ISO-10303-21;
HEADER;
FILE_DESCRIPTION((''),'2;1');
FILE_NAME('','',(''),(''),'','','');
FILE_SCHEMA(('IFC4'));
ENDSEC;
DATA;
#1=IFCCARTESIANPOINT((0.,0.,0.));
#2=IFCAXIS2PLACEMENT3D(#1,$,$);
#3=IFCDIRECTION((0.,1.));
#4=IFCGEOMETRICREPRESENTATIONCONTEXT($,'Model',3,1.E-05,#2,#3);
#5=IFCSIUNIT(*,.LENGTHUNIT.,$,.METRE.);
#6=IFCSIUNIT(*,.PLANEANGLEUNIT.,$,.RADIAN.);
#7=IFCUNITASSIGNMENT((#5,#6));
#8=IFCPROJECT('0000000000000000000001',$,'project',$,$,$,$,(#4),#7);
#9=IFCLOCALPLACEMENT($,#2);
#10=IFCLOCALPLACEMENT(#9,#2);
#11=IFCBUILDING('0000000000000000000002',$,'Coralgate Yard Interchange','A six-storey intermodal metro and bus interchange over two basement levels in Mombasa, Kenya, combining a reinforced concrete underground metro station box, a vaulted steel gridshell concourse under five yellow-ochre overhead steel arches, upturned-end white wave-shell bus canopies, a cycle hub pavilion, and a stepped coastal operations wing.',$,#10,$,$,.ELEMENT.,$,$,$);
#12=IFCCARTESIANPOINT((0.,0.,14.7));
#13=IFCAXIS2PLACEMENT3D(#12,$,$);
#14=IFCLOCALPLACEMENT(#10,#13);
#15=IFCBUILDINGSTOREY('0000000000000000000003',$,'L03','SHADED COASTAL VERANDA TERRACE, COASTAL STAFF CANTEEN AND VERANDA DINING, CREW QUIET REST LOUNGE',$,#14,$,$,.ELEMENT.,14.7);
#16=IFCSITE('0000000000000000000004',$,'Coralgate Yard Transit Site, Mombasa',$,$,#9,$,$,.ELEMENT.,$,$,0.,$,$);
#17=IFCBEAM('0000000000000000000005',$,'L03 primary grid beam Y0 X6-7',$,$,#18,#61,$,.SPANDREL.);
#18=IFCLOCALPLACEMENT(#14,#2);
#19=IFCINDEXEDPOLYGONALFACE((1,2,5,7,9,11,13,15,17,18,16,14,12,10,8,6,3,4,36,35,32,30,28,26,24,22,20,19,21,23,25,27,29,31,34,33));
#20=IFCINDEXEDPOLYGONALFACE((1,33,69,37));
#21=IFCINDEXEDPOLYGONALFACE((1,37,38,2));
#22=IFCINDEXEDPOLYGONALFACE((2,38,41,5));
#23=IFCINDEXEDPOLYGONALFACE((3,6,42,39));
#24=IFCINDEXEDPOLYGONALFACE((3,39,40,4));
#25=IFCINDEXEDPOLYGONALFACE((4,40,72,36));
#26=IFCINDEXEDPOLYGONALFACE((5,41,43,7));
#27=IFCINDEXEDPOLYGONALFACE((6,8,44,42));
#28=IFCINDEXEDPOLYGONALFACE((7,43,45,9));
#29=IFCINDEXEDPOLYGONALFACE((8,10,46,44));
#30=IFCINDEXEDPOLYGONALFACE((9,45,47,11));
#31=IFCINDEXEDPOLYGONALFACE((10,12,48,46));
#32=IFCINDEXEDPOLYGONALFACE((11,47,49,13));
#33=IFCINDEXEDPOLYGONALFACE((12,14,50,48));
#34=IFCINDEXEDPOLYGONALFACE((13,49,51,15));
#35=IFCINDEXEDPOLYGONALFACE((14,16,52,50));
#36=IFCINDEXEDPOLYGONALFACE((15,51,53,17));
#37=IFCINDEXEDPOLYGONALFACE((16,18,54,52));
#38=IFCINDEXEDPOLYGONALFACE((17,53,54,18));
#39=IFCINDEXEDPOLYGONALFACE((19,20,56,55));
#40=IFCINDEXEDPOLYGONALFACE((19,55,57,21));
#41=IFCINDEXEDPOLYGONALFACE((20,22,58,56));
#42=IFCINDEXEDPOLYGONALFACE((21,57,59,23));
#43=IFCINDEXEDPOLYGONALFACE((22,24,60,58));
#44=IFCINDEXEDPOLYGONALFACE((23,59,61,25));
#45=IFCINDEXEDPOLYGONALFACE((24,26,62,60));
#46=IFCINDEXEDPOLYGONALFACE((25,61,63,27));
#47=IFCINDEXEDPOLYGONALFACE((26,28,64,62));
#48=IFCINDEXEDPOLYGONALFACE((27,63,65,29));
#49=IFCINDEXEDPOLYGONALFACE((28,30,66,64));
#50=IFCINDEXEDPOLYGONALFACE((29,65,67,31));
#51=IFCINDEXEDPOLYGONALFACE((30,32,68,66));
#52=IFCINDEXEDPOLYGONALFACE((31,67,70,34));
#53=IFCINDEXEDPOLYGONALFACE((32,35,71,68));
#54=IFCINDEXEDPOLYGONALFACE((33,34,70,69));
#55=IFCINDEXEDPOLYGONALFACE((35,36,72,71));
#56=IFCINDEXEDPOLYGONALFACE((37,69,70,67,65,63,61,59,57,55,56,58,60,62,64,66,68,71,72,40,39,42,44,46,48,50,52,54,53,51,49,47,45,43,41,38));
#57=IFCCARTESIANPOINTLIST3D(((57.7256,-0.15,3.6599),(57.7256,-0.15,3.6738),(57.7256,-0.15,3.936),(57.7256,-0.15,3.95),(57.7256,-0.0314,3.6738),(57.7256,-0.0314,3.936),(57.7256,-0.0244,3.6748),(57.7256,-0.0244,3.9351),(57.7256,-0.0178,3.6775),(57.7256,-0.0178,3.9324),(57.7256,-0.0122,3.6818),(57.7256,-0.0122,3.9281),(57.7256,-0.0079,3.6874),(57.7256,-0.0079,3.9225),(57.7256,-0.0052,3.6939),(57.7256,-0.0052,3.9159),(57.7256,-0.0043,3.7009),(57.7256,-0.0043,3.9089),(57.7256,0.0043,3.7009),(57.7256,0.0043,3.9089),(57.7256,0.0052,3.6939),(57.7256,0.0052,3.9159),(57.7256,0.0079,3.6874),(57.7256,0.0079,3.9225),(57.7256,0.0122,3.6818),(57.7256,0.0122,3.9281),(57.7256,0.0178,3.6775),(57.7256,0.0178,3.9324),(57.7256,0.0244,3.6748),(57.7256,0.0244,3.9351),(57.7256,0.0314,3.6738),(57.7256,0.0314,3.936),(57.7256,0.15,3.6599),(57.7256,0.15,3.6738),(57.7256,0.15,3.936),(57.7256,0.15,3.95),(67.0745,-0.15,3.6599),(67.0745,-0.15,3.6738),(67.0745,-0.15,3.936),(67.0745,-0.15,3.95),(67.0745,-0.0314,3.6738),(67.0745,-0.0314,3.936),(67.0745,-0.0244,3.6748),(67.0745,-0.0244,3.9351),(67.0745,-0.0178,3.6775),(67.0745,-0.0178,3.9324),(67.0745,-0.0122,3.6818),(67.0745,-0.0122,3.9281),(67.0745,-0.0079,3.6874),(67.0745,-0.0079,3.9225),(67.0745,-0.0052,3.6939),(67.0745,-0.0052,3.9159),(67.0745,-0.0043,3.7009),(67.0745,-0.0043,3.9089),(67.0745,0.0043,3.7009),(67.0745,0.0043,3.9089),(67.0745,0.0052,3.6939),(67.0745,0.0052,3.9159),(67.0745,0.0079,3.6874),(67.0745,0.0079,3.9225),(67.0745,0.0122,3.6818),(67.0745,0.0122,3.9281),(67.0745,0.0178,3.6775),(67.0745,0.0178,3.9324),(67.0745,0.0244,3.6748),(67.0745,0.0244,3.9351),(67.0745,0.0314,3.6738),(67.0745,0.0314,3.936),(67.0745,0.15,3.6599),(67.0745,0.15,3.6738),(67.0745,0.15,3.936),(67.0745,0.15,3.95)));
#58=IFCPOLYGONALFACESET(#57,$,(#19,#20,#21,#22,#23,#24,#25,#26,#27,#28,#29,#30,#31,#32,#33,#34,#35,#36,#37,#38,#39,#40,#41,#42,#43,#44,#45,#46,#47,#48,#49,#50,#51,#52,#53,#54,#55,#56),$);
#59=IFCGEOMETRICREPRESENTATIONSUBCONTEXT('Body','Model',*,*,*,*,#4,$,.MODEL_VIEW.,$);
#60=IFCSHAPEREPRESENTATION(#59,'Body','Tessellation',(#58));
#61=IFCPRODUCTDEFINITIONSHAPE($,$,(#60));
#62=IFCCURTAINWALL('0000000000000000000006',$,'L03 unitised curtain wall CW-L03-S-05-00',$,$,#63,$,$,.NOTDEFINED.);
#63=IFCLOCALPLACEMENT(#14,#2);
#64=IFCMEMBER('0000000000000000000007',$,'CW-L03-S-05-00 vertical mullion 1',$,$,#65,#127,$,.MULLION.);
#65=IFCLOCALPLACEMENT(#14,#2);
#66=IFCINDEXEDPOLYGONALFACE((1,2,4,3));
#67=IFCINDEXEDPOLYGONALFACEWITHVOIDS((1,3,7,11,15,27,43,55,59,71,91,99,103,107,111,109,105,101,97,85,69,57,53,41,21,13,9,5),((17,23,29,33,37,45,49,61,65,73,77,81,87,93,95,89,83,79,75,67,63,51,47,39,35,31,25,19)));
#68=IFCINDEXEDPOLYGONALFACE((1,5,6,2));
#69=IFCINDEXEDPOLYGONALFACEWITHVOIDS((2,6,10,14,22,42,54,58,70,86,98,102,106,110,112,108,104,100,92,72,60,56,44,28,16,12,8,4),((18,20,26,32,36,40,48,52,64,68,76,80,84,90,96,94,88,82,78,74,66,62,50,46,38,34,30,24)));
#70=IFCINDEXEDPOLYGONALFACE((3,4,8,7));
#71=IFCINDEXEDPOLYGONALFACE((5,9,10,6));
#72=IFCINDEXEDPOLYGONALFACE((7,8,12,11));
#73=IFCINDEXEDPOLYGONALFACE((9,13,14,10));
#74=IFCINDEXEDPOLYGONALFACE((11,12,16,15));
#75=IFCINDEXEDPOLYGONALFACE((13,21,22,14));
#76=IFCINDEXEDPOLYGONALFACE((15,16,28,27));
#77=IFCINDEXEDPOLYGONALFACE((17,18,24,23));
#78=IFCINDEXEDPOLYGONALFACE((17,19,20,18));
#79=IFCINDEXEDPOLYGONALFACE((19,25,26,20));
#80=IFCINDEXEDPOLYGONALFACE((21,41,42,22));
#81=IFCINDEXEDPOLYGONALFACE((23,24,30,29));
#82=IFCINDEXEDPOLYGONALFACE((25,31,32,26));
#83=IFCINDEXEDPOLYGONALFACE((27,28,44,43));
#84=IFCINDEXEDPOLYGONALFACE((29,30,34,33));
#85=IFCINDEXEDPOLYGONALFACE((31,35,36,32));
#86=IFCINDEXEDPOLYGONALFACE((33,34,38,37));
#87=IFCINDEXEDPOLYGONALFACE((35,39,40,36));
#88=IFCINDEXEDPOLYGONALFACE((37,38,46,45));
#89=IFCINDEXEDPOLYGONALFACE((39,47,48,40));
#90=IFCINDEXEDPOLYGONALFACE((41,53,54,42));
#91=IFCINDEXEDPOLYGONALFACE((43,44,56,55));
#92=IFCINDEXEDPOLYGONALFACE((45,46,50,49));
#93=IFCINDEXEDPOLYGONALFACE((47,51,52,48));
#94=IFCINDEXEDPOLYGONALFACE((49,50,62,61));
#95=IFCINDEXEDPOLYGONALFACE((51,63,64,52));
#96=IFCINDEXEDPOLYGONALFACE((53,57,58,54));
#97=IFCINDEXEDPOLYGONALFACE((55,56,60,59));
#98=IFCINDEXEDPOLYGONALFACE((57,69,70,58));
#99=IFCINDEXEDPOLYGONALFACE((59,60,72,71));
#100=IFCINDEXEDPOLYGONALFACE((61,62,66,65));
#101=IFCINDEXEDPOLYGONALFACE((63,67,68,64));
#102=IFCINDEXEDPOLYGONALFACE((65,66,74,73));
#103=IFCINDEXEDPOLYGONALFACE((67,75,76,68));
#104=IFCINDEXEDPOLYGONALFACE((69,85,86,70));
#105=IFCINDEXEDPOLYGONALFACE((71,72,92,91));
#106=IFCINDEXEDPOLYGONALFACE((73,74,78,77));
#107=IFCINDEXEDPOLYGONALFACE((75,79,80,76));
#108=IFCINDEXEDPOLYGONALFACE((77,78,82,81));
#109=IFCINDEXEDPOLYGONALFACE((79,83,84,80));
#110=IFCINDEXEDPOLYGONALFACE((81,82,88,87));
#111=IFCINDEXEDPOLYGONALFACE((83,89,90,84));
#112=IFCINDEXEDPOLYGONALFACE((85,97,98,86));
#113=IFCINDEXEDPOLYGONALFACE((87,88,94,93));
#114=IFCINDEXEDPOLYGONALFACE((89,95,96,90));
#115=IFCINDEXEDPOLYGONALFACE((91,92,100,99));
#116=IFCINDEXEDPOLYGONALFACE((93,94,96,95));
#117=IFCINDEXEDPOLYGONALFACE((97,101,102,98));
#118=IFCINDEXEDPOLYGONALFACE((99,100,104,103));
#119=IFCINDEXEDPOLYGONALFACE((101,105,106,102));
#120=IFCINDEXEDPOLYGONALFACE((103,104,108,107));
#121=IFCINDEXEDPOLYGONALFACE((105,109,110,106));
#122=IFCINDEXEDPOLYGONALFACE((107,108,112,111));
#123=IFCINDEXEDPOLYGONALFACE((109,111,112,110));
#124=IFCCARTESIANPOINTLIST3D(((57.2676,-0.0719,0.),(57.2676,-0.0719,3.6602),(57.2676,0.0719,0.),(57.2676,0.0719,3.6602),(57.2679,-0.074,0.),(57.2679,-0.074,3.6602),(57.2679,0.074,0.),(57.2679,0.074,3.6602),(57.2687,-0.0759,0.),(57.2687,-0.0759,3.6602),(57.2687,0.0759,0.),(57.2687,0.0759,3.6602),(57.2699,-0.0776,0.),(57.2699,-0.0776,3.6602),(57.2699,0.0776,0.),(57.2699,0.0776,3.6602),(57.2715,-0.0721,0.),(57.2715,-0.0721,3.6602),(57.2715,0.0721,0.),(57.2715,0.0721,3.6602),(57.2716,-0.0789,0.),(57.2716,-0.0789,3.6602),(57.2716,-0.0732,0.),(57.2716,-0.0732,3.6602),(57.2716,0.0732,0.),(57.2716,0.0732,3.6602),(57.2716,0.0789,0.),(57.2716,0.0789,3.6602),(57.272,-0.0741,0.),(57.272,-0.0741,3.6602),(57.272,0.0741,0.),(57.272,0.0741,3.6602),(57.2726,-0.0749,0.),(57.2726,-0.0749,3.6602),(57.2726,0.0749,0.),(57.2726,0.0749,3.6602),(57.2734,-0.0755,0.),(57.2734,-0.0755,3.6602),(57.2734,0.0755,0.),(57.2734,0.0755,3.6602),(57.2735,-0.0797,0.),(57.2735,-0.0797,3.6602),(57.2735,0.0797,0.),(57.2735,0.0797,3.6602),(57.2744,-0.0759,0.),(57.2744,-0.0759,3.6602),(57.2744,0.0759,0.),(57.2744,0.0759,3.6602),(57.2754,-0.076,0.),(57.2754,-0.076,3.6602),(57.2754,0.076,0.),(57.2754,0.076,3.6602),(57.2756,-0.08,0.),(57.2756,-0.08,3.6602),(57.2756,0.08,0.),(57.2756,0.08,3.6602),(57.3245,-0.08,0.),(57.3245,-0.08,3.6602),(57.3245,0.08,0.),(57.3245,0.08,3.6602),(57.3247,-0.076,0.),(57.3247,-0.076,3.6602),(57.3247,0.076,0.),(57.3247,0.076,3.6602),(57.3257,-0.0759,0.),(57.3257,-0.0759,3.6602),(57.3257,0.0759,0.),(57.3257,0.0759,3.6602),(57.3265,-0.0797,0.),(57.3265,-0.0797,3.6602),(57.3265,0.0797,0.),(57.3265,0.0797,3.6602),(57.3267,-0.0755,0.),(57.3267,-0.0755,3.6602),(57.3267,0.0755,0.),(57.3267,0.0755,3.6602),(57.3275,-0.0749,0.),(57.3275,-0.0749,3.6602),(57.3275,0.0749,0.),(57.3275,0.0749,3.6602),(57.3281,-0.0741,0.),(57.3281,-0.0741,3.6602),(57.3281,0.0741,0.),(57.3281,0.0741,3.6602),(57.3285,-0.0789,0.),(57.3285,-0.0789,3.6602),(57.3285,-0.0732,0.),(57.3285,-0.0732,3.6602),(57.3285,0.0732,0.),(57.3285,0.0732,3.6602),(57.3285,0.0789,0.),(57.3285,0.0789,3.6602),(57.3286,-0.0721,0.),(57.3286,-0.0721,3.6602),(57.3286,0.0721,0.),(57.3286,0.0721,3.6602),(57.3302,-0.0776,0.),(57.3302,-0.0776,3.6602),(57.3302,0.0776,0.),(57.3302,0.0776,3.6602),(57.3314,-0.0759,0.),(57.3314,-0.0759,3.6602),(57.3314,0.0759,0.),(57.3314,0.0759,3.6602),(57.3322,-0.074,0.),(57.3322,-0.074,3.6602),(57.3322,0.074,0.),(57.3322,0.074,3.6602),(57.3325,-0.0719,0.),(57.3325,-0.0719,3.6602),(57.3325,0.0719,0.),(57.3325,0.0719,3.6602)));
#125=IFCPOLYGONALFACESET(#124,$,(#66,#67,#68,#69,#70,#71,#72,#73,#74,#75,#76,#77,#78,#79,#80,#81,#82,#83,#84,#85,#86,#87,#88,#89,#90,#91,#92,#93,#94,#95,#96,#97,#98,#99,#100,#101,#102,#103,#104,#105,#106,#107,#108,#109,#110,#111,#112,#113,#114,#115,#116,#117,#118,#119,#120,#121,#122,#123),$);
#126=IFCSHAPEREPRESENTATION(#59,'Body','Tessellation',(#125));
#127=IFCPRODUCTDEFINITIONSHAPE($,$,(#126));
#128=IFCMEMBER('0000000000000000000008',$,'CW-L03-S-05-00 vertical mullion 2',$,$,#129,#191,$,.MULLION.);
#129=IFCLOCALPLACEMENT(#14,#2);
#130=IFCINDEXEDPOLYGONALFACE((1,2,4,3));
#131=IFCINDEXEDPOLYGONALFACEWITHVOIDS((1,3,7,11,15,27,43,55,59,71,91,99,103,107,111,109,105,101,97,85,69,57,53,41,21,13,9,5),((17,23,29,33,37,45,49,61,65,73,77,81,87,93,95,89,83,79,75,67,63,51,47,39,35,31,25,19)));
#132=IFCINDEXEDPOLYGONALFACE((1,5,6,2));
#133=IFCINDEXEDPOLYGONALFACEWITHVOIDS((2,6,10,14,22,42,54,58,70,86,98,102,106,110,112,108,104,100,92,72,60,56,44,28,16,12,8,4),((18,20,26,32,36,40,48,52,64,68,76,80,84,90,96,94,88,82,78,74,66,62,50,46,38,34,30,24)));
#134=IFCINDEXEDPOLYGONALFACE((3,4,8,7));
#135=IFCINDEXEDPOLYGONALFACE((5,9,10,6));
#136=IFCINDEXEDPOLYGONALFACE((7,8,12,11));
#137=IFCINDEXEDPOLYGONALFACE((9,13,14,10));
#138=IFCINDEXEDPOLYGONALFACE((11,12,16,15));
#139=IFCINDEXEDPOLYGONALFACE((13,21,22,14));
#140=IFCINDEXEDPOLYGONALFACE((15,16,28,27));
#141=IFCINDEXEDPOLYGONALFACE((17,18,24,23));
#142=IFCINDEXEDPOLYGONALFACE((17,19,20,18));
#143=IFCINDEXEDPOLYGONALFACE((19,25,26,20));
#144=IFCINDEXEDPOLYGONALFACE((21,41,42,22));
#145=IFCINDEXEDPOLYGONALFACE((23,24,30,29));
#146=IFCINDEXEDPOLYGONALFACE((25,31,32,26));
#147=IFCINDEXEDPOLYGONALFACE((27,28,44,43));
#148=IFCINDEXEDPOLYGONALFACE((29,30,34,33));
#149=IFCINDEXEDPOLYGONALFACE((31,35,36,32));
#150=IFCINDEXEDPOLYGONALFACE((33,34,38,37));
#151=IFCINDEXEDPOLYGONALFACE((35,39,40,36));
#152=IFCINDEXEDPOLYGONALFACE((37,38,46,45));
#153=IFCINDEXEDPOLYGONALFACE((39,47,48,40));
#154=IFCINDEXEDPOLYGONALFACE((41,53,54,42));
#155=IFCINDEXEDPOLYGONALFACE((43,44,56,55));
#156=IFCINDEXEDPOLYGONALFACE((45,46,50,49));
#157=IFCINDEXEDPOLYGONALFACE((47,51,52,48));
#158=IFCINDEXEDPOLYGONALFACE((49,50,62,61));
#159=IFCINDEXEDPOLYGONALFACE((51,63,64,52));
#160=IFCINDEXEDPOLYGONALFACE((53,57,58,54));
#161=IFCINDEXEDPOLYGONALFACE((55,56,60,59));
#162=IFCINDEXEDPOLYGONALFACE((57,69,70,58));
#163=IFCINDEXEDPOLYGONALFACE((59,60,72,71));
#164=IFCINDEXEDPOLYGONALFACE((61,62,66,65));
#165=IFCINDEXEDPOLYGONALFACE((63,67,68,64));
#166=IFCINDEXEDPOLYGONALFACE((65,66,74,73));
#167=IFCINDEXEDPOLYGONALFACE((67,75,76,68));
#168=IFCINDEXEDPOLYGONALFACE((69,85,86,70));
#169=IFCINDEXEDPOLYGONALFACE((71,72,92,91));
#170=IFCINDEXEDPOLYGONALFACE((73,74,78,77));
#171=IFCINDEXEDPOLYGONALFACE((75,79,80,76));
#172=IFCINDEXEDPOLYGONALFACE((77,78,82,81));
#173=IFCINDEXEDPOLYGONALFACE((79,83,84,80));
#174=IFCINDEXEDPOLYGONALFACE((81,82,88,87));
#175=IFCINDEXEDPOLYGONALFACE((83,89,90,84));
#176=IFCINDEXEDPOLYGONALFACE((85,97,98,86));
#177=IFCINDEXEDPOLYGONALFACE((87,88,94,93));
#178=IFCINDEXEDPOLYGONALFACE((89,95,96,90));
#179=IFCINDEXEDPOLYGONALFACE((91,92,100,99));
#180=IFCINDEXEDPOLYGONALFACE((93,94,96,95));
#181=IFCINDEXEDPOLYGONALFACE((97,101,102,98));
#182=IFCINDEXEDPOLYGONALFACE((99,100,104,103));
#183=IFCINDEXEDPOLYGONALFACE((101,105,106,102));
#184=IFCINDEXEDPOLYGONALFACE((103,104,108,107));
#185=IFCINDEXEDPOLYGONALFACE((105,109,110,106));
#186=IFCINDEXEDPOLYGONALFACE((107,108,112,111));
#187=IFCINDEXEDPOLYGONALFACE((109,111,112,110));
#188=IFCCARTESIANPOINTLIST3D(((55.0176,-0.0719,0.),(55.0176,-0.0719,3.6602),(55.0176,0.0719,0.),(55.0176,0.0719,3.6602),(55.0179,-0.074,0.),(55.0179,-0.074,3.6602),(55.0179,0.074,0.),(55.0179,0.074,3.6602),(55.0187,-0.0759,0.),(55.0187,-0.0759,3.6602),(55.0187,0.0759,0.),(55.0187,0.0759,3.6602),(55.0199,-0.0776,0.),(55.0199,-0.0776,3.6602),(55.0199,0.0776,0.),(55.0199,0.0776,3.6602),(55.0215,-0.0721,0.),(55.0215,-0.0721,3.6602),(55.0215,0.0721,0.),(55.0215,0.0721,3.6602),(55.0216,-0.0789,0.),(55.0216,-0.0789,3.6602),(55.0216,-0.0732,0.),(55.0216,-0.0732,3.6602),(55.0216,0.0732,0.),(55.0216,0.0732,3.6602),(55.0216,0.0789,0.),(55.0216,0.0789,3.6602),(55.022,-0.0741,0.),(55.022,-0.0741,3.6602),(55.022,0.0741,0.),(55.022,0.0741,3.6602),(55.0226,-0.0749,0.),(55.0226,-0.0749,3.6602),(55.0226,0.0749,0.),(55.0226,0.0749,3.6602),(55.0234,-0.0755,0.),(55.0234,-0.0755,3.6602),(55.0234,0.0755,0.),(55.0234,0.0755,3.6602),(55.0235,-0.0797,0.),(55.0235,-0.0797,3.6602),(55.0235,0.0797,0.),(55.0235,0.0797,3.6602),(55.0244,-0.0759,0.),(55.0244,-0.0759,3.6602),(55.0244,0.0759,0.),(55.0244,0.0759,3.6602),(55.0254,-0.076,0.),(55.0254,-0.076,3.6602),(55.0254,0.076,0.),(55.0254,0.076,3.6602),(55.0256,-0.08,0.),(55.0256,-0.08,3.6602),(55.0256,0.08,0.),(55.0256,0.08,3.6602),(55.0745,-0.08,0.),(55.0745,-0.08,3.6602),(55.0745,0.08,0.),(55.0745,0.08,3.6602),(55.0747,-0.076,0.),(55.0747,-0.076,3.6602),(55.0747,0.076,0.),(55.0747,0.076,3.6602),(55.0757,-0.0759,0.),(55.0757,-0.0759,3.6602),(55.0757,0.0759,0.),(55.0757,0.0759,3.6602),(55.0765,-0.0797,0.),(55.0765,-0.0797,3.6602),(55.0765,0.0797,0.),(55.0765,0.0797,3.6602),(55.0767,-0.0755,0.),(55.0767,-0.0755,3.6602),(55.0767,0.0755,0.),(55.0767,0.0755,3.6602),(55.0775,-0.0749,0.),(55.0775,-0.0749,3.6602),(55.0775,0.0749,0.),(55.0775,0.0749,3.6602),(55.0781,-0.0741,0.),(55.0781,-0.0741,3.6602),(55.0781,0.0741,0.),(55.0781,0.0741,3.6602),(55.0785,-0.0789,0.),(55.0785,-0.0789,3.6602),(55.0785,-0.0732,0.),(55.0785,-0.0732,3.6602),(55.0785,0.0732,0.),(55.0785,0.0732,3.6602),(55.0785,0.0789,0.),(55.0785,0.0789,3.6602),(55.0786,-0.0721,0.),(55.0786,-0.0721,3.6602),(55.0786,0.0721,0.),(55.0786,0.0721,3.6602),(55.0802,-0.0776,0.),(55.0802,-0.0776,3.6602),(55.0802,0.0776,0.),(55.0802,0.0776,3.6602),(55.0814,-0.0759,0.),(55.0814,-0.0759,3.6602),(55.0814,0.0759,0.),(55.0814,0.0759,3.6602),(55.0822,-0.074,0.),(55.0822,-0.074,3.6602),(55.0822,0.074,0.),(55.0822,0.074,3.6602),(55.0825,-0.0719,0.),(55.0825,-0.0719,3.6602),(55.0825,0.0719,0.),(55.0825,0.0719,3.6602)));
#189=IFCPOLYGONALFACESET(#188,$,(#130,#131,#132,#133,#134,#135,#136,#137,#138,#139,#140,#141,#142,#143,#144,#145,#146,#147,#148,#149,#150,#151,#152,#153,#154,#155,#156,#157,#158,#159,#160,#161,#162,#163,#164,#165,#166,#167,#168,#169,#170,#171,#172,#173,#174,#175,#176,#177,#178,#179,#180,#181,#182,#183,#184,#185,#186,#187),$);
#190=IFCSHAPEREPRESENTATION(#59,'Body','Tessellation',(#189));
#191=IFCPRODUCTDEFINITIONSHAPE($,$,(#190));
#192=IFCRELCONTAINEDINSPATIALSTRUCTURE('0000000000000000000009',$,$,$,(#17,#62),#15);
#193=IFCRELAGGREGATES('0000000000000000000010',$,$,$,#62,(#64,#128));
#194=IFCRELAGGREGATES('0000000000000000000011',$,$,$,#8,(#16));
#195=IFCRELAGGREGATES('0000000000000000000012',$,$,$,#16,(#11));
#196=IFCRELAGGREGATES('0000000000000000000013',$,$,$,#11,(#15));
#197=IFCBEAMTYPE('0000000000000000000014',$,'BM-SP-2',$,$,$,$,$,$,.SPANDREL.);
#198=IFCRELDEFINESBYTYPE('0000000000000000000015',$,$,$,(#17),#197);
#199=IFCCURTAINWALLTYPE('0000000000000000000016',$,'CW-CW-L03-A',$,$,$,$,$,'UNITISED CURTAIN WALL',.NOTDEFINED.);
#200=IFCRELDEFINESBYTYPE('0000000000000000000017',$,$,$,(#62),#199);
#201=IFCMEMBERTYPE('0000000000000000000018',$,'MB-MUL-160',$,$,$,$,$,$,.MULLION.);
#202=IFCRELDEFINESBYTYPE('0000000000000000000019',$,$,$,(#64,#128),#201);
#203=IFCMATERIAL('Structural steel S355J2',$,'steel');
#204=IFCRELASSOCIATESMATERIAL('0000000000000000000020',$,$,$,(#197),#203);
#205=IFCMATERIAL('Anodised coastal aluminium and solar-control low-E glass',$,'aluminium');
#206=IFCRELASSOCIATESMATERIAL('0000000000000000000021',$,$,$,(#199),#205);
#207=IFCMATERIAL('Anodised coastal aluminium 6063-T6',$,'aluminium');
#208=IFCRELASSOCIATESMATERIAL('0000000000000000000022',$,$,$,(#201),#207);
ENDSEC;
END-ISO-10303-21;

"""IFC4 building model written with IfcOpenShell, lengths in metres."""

from ifc_helpers import new_model, si_unit, direction, frame, origin, origin_2d, place, context, subcontext, project, spatial, hollow_rectangle, i_section, extrude, material, material_profile, profile_set, type_object, element, aggregate, save


model = new_model("IFC4")

# Units and contexts
model_context = context("Model", 3, precision=1e-05, world=origin(), true_north=direction((0.0, 1.0)))
body_context = subcontext(model_context, "Body", "Model", "MODEL_VIEW")
ifc_project = project(units=[si_unit("LENGTHUNIT", "METRE"), si_unit("PLANEANGLEUNIT", "RADIAN")], contexts=[model_context])

# Site, building, storey
site_placement = place(None, origin())
site = spatial("IfcSite", under=ifc_project, at=site_placement, Name="Coralgate Yard Transit Site, Mombasa", CompositionType="ELEMENT", RefElevation=0.0)
building_placement = place(site_placement, origin())
building = spatial("IfcBuilding", under=site, at=building_placement, Name="Coralgate Yard Interchange", Description="A six-storey intermodal metro and bus interchange over two basement levels in Mombasa, Kenya, combining a reinforced concrete underground metro station box, a vaulted steel gridshell concourse under five yellow-ochre overhead steel arches, upturned-end white wave-shell bus canopies, a cycle hub pavilion, and a stepped coastal operations wing.", CompositionType="ELEMENT")
storey_placement = place(building_placement, frame((0.0, 0.0, 14.7)))
storey = spatial("IfcBuildingStorey", under=building, at=storey_placement, Name="L03", Description="SHADED COASTAL VERANDA TERRACE, COASTAL STAFF CANTEEN AND VERANDA DINING, CREW QUIET REST LOUNGE", CompositionType="ELEMENT", Elevation=14.7)

# Shared definitions
ifc_material_1 = material(Name="Structural steel S355J2", Category="steel")

# Beam
ifc_material_profile_1 = material_profile(ifc_material_1, i_section(OverallWidth=0.3, OverallDepth=0.29, WebThickness=0.0085, FlangeThickness=0.0139, FilletRadius=0.0271, at=origin_2d()), Name="HEA 300")
ifc_profile_set_1 = profile_set([ifc_material_profile_1], Name="Structural steel S355J2")
beam_type_1 = type_object("IfcBeamType", Name="BM-SP-2", PredefinedType="SPANDREL", material=ifc_profile_set_1)
beam_1_placement = place(storey_placement, frame((57.7256, 0.0, 3.8049), z_axis=(1.0, 0.0, 0.0), x_axis=(0.0, 1.0, 0.0)))
element("IfcBeam", 1, at=beam_1_placement, inside=storey, type_object=beam_type_1, Name="L03 primary grid beam Y0 X6-7", PredefinedType="SPANDREL", context=body_context, shape_type="SweptSolid", body=[
    extrude(i_section(OverallWidth=0.3, OverallDepth=0.29, WebThickness=0.0085, FlangeThickness=0.0139, FilletRadius=0.0271, at=origin_2d()), origin(), (0.0, 0.0, 1.0), 9.3489),
])

# Curtain wall, members
ifc_material_2 = material(Name="Anodised coastal aluminium and solar-control low-E glass", Category="aluminium")
curtain_wall_type = type_object("IfcCurtainWallType", Name="CW-CW-L03-A", ElementType="UNITISED CURTAIN WALL", PredefinedType="NOTDEFINED", material=ifc_material_2)
curtain_wall_1_placement = place(storey_placement, origin())
curtain_wall_1 = element("IfcCurtainWall", 2, at=curtain_wall_1_placement, inside=storey, type_object=curtain_wall_type, Name="L03 unitised curtain wall CW-L03-S-05-00", PredefinedType="NOTDEFINED")
ifc_material_3 = material(Name="Anodised coastal aluminium 6063-T6", Category="aluminium")
ifc_material_profile_2 = material_profile(ifc_material_3, hollow_rectangle(XDim=0.0649, YDim=0.1599, WallThickness=0.0039, InnerFilletRadius=0.0039, OuterFilletRadius=0.0081, at=origin_2d()), Name="ALU 65x160x4")
ifc_profile_set_2 = profile_set([ifc_material_profile_2], Name="Anodised coastal aluminium 6063-T6")
member_type_1 = type_object("IfcMemberType", Name="MB-MUL-160", PredefinedType="MULLION", material=ifc_profile_set_2)
member_1_placement = place(storey_placement, frame((57.3, 0.0, 0.0), z_axis=(0.0, 0.0, 1.0), x_axis=(1.0, 0.0, 0.0)))
member_1 = element("IfcMember", 3, at=member_1_placement, type_object=member_type_1, Name="CW-L03-S-05-00 vertical mullion 1", PredefinedType="MULLION", context=body_context, shape_type="SweptSolid", body=[
    extrude(hollow_rectangle(XDim=0.0649, YDim=0.1599, WallThickness=0.0039, InnerFilletRadius=0.0039, OuterFilletRadius=0.0081, at=origin_2d()), origin(), (0.0, 0.0, 1.0), 3.6602),
])
member_2_placement = place(storey_placement, frame((55.05, 0.0, 0.0), z_axis=(0.0, 0.0, 1.0), x_axis=(1.0, 0.0, 0.0)))
member_2 = element("IfcMember", 4, at=member_2_placement, type_object=member_type_1, Name="CW-L03-S-05-00 vertical mullion 2", PredefinedType="MULLION", context=body_context, shape_type="SweptSolid", body=[
    extrude(hollow_rectangle(XDim=0.0649, YDim=0.1599, WallThickness=0.0039, InnerFilletRadius=0.0039, OuterFilletRadius=0.0081, at=origin_2d()), origin(), (0.0, 0.0, 1.0), 3.6602),
])

aggregate(curtain_wall_1, [member_1, member_2])

save(model, "model.ifc")
